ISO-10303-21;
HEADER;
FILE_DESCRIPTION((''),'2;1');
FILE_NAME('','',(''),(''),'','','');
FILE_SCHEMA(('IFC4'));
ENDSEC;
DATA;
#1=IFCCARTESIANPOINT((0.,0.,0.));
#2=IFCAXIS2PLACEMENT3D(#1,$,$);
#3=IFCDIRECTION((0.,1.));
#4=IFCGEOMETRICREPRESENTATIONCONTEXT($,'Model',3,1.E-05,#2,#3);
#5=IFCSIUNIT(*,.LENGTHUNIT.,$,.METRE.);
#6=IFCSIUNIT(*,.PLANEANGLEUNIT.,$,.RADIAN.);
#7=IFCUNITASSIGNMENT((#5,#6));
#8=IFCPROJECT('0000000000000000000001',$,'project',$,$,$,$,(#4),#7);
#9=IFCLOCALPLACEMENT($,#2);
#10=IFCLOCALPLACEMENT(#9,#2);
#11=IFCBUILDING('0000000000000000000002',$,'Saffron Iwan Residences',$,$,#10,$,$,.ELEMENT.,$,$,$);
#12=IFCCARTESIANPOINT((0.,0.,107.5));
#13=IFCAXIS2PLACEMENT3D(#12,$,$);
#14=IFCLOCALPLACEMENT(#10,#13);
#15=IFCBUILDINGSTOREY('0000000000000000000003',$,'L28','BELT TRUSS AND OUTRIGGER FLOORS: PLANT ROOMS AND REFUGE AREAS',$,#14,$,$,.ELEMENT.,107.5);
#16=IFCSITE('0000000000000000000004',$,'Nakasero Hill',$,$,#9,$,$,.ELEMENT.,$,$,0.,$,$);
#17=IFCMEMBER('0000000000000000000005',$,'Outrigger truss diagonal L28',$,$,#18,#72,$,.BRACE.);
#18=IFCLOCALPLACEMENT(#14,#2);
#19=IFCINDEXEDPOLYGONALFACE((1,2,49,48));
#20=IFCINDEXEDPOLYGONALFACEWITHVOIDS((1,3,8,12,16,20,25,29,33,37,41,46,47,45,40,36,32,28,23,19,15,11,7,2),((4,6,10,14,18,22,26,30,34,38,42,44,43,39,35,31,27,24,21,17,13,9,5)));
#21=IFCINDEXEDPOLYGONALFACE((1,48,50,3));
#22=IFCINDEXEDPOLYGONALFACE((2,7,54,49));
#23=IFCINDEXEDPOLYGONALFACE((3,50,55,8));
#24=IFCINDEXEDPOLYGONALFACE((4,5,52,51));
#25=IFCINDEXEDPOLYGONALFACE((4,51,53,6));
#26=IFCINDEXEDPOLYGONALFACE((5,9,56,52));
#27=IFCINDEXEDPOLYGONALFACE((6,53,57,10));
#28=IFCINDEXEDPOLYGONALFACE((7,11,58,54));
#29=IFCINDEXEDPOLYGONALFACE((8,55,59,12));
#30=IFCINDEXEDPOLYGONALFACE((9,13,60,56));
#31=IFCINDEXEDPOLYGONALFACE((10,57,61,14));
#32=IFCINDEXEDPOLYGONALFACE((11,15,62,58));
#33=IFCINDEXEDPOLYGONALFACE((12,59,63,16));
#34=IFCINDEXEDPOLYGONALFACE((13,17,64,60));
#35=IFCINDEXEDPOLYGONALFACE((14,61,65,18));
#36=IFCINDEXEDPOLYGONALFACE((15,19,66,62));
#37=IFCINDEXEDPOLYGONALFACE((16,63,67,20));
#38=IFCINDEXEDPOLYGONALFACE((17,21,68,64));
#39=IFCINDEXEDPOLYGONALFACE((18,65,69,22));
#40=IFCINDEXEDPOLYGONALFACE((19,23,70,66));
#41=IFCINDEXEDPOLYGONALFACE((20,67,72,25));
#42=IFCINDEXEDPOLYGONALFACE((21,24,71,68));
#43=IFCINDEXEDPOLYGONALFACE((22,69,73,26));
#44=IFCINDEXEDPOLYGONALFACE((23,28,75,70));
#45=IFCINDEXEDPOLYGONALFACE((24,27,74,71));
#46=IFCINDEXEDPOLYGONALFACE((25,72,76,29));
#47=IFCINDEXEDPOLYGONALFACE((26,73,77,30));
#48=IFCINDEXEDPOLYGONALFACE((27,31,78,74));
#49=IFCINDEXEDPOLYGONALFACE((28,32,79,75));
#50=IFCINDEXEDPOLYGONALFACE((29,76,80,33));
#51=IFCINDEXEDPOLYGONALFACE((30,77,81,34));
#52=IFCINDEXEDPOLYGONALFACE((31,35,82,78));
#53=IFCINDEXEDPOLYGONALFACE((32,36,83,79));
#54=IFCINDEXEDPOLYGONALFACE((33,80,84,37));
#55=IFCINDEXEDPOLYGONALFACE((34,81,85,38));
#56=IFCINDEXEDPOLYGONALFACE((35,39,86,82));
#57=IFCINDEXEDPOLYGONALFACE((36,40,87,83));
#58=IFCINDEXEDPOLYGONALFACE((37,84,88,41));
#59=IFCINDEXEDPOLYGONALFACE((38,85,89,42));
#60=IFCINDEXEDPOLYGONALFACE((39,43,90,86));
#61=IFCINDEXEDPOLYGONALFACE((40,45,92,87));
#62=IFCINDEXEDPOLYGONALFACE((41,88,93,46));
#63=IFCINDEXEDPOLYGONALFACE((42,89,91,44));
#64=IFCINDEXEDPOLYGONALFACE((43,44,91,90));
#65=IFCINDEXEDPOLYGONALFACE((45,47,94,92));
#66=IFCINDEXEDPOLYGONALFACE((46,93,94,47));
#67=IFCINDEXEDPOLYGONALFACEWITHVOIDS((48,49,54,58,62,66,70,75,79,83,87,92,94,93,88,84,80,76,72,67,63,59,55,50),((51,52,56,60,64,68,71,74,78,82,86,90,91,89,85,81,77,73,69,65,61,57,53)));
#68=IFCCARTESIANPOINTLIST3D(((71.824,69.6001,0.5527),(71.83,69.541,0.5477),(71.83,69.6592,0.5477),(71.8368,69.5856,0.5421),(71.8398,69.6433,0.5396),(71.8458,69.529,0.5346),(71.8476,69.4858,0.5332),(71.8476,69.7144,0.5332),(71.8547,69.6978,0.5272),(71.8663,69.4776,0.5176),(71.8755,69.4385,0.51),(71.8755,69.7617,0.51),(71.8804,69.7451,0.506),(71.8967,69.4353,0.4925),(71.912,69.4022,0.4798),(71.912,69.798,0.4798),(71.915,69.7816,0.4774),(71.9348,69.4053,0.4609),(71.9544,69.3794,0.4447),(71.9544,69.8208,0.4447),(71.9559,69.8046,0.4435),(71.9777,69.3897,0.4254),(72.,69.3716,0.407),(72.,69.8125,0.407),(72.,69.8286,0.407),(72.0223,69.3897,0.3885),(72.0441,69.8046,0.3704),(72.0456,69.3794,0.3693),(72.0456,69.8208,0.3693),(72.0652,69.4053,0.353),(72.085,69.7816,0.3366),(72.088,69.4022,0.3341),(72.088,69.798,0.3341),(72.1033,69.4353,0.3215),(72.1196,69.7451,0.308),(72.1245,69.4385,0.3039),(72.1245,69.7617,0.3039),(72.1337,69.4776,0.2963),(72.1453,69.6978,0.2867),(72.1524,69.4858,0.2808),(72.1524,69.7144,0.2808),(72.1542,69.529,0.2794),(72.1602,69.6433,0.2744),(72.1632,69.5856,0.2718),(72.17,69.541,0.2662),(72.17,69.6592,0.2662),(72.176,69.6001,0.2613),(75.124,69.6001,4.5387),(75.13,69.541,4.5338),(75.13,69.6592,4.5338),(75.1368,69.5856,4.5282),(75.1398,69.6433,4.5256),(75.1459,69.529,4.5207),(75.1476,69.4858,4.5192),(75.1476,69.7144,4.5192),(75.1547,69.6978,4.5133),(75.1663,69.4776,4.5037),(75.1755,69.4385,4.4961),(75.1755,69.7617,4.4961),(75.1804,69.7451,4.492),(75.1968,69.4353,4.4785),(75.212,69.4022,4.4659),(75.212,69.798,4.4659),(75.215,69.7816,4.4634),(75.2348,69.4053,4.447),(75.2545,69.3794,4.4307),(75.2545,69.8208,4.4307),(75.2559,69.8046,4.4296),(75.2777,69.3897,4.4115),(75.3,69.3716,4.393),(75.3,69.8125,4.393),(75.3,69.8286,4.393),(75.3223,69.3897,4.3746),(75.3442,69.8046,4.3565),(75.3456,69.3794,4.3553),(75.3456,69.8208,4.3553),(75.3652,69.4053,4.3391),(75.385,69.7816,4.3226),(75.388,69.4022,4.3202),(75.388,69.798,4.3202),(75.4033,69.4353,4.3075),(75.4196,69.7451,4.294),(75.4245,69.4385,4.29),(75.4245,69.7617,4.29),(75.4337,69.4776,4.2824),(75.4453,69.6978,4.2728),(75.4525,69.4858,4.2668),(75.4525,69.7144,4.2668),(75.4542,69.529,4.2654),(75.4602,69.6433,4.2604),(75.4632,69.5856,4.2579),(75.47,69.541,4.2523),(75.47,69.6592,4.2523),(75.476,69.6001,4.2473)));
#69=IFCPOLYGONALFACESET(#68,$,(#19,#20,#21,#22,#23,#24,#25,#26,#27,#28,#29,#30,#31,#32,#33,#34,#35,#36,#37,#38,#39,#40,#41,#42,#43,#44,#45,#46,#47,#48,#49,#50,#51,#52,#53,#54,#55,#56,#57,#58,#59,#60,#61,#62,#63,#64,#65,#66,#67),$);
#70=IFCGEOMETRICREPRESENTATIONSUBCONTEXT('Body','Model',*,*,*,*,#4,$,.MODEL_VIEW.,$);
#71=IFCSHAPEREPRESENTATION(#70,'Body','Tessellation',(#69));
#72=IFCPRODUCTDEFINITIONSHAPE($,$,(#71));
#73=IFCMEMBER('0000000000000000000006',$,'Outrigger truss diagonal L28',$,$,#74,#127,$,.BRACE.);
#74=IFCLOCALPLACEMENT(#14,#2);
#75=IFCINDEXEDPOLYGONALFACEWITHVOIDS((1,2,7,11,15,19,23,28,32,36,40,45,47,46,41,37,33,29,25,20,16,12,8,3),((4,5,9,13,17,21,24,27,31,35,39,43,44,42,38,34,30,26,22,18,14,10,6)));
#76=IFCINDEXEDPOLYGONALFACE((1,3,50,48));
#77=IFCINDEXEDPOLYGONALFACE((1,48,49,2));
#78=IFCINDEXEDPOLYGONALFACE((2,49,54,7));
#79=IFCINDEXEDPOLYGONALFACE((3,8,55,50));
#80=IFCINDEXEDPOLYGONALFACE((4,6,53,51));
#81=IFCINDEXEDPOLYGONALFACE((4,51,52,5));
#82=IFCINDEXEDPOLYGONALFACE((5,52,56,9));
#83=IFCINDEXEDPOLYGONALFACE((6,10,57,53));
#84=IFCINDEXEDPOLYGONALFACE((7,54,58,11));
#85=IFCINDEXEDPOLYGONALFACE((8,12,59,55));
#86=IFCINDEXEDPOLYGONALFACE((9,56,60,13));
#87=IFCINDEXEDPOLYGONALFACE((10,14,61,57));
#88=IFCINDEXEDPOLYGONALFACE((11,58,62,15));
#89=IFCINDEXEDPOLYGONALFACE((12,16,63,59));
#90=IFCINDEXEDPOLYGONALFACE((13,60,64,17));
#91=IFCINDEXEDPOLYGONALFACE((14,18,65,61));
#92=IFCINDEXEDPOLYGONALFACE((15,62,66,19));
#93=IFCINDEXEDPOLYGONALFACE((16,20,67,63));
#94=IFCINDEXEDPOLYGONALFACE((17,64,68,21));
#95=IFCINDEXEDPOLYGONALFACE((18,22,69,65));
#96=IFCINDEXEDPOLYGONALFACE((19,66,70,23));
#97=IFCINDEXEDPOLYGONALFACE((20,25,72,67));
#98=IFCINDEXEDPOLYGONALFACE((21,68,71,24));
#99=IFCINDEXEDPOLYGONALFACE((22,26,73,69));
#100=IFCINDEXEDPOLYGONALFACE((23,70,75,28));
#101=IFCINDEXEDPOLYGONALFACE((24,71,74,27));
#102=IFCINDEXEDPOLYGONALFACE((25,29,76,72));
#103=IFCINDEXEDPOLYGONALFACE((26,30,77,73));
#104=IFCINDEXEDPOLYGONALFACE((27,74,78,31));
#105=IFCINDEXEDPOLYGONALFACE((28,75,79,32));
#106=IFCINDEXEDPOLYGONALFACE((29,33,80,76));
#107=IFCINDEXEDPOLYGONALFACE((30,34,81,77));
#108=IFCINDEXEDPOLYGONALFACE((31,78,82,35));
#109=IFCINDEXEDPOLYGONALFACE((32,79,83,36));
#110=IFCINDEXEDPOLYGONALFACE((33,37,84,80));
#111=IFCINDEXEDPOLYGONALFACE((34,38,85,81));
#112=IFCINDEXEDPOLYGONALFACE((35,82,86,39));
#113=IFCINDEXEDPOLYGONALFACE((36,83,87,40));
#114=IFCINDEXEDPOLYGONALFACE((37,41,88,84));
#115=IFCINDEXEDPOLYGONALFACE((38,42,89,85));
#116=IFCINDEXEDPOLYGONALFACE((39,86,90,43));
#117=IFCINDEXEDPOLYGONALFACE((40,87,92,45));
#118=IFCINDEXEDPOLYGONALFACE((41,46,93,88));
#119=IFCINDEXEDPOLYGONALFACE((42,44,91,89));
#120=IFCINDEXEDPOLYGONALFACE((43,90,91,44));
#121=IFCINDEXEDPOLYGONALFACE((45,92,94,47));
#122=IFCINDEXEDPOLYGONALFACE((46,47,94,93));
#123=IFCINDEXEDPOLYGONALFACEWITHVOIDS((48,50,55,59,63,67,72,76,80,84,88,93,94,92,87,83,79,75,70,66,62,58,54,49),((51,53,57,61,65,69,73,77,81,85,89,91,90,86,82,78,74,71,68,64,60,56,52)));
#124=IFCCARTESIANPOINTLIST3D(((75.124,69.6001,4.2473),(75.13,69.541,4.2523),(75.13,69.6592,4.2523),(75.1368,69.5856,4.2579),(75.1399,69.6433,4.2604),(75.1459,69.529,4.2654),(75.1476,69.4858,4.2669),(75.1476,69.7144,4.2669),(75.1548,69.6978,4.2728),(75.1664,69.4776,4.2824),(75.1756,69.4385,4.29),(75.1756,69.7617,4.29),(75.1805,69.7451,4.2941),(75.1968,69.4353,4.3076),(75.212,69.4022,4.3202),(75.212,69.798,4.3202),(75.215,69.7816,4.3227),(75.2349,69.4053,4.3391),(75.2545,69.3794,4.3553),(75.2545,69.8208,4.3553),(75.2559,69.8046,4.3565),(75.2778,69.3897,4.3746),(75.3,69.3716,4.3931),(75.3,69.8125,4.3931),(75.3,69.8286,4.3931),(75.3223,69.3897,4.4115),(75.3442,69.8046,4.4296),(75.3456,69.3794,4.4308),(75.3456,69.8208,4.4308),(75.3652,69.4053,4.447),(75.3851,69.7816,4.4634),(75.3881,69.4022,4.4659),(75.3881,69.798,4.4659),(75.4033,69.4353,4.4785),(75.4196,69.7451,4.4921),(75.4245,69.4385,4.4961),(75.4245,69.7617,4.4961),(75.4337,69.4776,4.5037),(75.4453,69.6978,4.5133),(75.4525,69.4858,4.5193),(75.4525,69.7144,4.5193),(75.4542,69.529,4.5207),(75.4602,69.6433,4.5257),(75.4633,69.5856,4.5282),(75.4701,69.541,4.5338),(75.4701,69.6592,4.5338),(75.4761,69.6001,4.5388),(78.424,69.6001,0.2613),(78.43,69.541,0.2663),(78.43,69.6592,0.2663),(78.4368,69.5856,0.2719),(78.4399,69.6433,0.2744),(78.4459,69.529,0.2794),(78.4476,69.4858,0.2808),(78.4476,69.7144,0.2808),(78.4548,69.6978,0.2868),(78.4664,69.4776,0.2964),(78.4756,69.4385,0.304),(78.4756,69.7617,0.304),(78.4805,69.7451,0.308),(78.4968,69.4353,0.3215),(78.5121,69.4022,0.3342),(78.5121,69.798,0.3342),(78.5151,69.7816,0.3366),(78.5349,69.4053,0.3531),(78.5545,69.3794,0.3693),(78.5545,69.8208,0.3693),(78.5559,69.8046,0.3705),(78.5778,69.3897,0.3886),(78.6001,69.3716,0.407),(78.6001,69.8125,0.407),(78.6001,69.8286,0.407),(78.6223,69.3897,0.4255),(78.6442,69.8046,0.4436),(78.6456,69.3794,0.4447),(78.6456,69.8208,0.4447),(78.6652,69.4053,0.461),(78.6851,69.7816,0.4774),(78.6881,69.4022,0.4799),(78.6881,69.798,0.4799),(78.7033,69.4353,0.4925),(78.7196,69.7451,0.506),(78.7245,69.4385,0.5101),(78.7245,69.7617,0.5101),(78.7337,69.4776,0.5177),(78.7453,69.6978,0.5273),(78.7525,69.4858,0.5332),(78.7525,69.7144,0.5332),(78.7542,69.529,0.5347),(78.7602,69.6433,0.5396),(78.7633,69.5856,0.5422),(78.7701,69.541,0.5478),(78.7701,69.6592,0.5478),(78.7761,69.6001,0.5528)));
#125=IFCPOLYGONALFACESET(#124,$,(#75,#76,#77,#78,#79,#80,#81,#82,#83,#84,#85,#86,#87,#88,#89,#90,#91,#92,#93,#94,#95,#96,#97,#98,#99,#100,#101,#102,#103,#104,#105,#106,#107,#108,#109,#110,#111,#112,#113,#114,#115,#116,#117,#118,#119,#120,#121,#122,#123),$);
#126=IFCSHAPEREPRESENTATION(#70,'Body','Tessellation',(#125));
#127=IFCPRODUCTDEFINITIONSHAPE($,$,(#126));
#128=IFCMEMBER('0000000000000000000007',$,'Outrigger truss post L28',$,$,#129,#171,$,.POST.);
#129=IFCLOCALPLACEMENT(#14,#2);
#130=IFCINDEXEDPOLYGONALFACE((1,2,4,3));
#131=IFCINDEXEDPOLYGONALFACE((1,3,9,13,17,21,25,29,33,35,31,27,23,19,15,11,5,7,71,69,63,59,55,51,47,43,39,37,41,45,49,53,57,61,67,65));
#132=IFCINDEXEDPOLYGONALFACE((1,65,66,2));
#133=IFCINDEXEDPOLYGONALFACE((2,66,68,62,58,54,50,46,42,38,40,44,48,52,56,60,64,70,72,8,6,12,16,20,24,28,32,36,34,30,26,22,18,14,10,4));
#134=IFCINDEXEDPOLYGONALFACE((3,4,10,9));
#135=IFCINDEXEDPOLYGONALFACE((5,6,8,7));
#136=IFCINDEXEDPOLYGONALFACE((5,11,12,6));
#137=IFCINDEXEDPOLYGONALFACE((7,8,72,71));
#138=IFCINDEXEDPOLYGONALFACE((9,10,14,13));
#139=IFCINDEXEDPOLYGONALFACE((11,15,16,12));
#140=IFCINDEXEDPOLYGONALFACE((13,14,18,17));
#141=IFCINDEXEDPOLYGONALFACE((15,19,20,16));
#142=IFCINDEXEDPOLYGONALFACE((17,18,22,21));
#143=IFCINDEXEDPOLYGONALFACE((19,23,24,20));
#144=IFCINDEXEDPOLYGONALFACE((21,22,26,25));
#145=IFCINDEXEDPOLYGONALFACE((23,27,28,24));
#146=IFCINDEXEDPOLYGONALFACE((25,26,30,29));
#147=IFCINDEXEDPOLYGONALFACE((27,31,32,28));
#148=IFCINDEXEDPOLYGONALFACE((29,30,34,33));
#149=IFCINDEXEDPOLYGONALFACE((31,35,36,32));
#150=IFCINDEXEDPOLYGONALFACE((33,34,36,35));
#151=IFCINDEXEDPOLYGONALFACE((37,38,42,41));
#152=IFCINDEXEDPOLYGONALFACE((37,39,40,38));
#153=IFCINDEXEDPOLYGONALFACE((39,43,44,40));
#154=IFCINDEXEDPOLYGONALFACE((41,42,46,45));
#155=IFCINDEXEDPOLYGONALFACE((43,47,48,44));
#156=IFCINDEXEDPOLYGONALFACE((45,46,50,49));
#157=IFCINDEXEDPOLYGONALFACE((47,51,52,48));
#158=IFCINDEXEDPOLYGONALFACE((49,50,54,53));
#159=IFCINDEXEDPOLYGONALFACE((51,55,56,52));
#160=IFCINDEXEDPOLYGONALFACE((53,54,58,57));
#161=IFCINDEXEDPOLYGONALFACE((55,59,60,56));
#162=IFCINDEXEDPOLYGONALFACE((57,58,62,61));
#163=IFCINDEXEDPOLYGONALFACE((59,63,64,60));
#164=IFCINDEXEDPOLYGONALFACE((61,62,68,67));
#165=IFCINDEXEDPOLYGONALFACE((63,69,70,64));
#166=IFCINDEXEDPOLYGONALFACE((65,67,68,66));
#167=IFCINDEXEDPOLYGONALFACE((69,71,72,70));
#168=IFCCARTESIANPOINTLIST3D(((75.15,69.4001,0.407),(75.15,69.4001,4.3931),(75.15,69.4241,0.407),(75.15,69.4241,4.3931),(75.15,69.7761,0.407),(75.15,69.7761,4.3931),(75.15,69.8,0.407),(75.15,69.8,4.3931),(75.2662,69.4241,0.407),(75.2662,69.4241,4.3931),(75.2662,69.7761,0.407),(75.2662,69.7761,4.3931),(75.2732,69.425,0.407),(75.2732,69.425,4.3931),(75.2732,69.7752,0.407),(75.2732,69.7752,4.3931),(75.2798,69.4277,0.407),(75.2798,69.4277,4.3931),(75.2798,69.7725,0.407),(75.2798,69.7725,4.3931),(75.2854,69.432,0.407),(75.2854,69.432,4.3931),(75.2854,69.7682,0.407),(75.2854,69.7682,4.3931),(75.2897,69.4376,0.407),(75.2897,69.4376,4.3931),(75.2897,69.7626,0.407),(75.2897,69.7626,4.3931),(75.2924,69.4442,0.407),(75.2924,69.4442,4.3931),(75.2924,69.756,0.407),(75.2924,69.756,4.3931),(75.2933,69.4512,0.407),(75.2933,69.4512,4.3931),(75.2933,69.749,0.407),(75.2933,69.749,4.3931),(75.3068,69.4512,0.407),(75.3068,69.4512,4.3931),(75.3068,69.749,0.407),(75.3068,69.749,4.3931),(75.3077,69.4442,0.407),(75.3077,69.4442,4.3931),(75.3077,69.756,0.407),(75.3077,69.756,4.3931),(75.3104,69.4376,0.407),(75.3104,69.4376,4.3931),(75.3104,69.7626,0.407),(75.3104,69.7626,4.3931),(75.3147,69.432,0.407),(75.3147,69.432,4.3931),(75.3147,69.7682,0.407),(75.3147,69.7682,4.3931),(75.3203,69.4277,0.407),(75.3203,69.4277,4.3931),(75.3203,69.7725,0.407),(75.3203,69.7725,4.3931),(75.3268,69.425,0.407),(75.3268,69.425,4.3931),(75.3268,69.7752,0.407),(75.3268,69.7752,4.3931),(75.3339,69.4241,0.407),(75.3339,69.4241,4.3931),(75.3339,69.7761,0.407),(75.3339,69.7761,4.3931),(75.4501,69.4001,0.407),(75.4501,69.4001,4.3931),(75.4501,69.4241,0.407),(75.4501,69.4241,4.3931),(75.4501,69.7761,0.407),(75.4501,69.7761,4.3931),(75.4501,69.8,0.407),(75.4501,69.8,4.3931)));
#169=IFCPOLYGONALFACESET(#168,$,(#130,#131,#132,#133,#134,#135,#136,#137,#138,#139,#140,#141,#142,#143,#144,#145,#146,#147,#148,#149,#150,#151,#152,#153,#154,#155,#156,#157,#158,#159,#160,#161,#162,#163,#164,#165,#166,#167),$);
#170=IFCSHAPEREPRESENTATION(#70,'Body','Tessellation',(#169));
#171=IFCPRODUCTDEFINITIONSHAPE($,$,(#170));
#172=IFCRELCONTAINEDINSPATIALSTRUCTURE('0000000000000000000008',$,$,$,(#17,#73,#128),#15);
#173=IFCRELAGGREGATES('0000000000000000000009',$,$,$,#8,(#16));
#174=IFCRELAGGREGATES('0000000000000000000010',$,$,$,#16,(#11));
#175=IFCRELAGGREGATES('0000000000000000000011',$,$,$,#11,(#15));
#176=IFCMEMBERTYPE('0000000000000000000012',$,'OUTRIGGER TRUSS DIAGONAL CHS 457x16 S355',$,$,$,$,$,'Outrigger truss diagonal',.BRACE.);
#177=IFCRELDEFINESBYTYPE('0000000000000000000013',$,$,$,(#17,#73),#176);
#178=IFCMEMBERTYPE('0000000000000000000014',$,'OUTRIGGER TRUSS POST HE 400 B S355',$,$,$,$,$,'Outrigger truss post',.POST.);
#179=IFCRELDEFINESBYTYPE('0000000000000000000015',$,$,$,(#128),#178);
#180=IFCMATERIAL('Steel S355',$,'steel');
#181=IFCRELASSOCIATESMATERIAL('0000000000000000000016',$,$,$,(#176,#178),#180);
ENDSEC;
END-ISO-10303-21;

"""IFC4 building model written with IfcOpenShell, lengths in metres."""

from ifc_helpers import new_model, si_unit, direction, frame, origin, origin_2d, place, context, subcontext, project, spatial, hollow_circle, i_section, extrude, source, transform, mapped, material, material_profile, profile_set, type_object, element, save


model = new_model("IFC4")

# Units and contexts
model_context = context("Model", 3, precision=1e-05, world=origin(), true_north=direction((0.0, 1.0)))
body_context = subcontext(model_context, "Body", "Model", "MODEL_VIEW")
ifc_project = project(units=[si_unit("LENGTHUNIT", "METRE"), si_unit("PLANEANGLEUNIT", "RADIAN")], contexts=[model_context])

# Site, building, storey
site_placement = place(None, origin())
site = spatial("IfcSite", under=ifc_project, at=site_placement, Name="Nakasero Hill", CompositionType="ELEMENT", RefElevation=0.0)
building_placement = place(site_placement, origin())
building = spatial("IfcBuilding", under=site, at=building_placement, Name="Saffron Iwan Residences", CompositionType="ELEMENT")
storey_placement = place(building_placement, frame((0.0, 0.0, 107.5)))
storey = spatial("IfcBuildingStorey", under=building, at=storey_placement, Name="L28", Description="BELT TRUSS AND OUTRIGGER FLOORS: PLANT ROOMS AND REFUGE AREAS", CompositionType="ELEMENT", Elevation=107.5)

# Members
ifc_material_1 = material(Name="Steel S355", Category="steel")
ifc_material_profile_1 = material_profile(ifc_material_1, hollow_circle(Radius=0.2285, WallThickness=0.0161, at=origin_2d()), Name="CHS 457x16")
ifc_profile_set_1 = profile_set([ifc_material_profile_1], Name="Steel S355")
member_type_1 = type_object("IfcMemberType", Name="OUTRIGGER TRUSS DIAGONAL CHS 457x16 S355", ElementType="Outrigger truss diagonal", PredefinedType="BRACE", material=ifc_profile_set_1)
shared_shape_1 = source(origin(), body_context, "Body", "SweptSolid", [
    extrude(hollow_circle(Radius=0.2285, WallThickness=0.0161, at=origin_2d()), origin(), (0.0, 0.0, 1.0), 5.1748),
])
for number, where, z_axis, x_axis, name in (
    (1, (72.0, 69.6001, 0.407), (0.637708, 0.0, 0.770278), (0.0, 1.0, 0.0), "Outrigger truss diagonal L28"),
    (2, (75.3, 69.6001, 4.3931), (0.637708, 0.0, -0.770278), (0.0, 1.0, 0.0), "Outrigger truss diagonal L28"),
):
    element("IfcMember", number, at=place(storey_placement, frame(where, z_axis=z_axis, x_axis=x_axis)), inside=storey, type_object=member_type_1, Name=name, PredefinedType="BRACE", context=body_context, shape_type="MappedRepresentation", body=[
        mapped(shared_shape_1, transform((0.0, 0.0, 0.0))),
    ])
ifc_material_profile_2 = material_profile(ifc_material_1, i_section(OverallWidth=0.3, OverallDepth=0.3999, WebThickness=0.0134, FlangeThickness=0.0239, FilletRadius=0.0271, at=origin_2d()), Name="HE 400 B")
ifc_profile_set_2 = profile_set([ifc_material_profile_2], Name="Steel S355")
member_type_2 = type_object("IfcMemberType", Name="OUTRIGGER TRUSS POST HE 400 B S355", ElementType="Outrigger truss post", PredefinedType="POST", material=ifc_profile_set_2)
shared_shape_2 = source(origin(), body_context, "Body", "SweptSolid", [
    extrude(i_section(OverallWidth=0.3, OverallDepth=0.3999, WebThickness=0.0134, FlangeThickness=0.0239, FilletRadius=0.0271, at=origin_2d()), origin(), (0.0, 0.0, 1.0), 3.9861),
])
for number, where, z_axis, x_axis, name in (
    (3, (75.3, 69.6001, 0.407), (0.0, 0.0, 1.0), (1.0, 0.0, 0.0), "Outrigger truss post L28"),
):
    element("IfcMember", number, at=place(storey_placement, frame(where, z_axis=z_axis, x_axis=x_axis)), inside=storey, type_object=member_type_2, Name=name, PredefinedType="POST", context=body_context, shape_type="MappedRepresentation", body=[
        mapped(shared_shape_2, transform((0.0, 0.0, 0.0))),
    ])

save(model, "model.ifc")
